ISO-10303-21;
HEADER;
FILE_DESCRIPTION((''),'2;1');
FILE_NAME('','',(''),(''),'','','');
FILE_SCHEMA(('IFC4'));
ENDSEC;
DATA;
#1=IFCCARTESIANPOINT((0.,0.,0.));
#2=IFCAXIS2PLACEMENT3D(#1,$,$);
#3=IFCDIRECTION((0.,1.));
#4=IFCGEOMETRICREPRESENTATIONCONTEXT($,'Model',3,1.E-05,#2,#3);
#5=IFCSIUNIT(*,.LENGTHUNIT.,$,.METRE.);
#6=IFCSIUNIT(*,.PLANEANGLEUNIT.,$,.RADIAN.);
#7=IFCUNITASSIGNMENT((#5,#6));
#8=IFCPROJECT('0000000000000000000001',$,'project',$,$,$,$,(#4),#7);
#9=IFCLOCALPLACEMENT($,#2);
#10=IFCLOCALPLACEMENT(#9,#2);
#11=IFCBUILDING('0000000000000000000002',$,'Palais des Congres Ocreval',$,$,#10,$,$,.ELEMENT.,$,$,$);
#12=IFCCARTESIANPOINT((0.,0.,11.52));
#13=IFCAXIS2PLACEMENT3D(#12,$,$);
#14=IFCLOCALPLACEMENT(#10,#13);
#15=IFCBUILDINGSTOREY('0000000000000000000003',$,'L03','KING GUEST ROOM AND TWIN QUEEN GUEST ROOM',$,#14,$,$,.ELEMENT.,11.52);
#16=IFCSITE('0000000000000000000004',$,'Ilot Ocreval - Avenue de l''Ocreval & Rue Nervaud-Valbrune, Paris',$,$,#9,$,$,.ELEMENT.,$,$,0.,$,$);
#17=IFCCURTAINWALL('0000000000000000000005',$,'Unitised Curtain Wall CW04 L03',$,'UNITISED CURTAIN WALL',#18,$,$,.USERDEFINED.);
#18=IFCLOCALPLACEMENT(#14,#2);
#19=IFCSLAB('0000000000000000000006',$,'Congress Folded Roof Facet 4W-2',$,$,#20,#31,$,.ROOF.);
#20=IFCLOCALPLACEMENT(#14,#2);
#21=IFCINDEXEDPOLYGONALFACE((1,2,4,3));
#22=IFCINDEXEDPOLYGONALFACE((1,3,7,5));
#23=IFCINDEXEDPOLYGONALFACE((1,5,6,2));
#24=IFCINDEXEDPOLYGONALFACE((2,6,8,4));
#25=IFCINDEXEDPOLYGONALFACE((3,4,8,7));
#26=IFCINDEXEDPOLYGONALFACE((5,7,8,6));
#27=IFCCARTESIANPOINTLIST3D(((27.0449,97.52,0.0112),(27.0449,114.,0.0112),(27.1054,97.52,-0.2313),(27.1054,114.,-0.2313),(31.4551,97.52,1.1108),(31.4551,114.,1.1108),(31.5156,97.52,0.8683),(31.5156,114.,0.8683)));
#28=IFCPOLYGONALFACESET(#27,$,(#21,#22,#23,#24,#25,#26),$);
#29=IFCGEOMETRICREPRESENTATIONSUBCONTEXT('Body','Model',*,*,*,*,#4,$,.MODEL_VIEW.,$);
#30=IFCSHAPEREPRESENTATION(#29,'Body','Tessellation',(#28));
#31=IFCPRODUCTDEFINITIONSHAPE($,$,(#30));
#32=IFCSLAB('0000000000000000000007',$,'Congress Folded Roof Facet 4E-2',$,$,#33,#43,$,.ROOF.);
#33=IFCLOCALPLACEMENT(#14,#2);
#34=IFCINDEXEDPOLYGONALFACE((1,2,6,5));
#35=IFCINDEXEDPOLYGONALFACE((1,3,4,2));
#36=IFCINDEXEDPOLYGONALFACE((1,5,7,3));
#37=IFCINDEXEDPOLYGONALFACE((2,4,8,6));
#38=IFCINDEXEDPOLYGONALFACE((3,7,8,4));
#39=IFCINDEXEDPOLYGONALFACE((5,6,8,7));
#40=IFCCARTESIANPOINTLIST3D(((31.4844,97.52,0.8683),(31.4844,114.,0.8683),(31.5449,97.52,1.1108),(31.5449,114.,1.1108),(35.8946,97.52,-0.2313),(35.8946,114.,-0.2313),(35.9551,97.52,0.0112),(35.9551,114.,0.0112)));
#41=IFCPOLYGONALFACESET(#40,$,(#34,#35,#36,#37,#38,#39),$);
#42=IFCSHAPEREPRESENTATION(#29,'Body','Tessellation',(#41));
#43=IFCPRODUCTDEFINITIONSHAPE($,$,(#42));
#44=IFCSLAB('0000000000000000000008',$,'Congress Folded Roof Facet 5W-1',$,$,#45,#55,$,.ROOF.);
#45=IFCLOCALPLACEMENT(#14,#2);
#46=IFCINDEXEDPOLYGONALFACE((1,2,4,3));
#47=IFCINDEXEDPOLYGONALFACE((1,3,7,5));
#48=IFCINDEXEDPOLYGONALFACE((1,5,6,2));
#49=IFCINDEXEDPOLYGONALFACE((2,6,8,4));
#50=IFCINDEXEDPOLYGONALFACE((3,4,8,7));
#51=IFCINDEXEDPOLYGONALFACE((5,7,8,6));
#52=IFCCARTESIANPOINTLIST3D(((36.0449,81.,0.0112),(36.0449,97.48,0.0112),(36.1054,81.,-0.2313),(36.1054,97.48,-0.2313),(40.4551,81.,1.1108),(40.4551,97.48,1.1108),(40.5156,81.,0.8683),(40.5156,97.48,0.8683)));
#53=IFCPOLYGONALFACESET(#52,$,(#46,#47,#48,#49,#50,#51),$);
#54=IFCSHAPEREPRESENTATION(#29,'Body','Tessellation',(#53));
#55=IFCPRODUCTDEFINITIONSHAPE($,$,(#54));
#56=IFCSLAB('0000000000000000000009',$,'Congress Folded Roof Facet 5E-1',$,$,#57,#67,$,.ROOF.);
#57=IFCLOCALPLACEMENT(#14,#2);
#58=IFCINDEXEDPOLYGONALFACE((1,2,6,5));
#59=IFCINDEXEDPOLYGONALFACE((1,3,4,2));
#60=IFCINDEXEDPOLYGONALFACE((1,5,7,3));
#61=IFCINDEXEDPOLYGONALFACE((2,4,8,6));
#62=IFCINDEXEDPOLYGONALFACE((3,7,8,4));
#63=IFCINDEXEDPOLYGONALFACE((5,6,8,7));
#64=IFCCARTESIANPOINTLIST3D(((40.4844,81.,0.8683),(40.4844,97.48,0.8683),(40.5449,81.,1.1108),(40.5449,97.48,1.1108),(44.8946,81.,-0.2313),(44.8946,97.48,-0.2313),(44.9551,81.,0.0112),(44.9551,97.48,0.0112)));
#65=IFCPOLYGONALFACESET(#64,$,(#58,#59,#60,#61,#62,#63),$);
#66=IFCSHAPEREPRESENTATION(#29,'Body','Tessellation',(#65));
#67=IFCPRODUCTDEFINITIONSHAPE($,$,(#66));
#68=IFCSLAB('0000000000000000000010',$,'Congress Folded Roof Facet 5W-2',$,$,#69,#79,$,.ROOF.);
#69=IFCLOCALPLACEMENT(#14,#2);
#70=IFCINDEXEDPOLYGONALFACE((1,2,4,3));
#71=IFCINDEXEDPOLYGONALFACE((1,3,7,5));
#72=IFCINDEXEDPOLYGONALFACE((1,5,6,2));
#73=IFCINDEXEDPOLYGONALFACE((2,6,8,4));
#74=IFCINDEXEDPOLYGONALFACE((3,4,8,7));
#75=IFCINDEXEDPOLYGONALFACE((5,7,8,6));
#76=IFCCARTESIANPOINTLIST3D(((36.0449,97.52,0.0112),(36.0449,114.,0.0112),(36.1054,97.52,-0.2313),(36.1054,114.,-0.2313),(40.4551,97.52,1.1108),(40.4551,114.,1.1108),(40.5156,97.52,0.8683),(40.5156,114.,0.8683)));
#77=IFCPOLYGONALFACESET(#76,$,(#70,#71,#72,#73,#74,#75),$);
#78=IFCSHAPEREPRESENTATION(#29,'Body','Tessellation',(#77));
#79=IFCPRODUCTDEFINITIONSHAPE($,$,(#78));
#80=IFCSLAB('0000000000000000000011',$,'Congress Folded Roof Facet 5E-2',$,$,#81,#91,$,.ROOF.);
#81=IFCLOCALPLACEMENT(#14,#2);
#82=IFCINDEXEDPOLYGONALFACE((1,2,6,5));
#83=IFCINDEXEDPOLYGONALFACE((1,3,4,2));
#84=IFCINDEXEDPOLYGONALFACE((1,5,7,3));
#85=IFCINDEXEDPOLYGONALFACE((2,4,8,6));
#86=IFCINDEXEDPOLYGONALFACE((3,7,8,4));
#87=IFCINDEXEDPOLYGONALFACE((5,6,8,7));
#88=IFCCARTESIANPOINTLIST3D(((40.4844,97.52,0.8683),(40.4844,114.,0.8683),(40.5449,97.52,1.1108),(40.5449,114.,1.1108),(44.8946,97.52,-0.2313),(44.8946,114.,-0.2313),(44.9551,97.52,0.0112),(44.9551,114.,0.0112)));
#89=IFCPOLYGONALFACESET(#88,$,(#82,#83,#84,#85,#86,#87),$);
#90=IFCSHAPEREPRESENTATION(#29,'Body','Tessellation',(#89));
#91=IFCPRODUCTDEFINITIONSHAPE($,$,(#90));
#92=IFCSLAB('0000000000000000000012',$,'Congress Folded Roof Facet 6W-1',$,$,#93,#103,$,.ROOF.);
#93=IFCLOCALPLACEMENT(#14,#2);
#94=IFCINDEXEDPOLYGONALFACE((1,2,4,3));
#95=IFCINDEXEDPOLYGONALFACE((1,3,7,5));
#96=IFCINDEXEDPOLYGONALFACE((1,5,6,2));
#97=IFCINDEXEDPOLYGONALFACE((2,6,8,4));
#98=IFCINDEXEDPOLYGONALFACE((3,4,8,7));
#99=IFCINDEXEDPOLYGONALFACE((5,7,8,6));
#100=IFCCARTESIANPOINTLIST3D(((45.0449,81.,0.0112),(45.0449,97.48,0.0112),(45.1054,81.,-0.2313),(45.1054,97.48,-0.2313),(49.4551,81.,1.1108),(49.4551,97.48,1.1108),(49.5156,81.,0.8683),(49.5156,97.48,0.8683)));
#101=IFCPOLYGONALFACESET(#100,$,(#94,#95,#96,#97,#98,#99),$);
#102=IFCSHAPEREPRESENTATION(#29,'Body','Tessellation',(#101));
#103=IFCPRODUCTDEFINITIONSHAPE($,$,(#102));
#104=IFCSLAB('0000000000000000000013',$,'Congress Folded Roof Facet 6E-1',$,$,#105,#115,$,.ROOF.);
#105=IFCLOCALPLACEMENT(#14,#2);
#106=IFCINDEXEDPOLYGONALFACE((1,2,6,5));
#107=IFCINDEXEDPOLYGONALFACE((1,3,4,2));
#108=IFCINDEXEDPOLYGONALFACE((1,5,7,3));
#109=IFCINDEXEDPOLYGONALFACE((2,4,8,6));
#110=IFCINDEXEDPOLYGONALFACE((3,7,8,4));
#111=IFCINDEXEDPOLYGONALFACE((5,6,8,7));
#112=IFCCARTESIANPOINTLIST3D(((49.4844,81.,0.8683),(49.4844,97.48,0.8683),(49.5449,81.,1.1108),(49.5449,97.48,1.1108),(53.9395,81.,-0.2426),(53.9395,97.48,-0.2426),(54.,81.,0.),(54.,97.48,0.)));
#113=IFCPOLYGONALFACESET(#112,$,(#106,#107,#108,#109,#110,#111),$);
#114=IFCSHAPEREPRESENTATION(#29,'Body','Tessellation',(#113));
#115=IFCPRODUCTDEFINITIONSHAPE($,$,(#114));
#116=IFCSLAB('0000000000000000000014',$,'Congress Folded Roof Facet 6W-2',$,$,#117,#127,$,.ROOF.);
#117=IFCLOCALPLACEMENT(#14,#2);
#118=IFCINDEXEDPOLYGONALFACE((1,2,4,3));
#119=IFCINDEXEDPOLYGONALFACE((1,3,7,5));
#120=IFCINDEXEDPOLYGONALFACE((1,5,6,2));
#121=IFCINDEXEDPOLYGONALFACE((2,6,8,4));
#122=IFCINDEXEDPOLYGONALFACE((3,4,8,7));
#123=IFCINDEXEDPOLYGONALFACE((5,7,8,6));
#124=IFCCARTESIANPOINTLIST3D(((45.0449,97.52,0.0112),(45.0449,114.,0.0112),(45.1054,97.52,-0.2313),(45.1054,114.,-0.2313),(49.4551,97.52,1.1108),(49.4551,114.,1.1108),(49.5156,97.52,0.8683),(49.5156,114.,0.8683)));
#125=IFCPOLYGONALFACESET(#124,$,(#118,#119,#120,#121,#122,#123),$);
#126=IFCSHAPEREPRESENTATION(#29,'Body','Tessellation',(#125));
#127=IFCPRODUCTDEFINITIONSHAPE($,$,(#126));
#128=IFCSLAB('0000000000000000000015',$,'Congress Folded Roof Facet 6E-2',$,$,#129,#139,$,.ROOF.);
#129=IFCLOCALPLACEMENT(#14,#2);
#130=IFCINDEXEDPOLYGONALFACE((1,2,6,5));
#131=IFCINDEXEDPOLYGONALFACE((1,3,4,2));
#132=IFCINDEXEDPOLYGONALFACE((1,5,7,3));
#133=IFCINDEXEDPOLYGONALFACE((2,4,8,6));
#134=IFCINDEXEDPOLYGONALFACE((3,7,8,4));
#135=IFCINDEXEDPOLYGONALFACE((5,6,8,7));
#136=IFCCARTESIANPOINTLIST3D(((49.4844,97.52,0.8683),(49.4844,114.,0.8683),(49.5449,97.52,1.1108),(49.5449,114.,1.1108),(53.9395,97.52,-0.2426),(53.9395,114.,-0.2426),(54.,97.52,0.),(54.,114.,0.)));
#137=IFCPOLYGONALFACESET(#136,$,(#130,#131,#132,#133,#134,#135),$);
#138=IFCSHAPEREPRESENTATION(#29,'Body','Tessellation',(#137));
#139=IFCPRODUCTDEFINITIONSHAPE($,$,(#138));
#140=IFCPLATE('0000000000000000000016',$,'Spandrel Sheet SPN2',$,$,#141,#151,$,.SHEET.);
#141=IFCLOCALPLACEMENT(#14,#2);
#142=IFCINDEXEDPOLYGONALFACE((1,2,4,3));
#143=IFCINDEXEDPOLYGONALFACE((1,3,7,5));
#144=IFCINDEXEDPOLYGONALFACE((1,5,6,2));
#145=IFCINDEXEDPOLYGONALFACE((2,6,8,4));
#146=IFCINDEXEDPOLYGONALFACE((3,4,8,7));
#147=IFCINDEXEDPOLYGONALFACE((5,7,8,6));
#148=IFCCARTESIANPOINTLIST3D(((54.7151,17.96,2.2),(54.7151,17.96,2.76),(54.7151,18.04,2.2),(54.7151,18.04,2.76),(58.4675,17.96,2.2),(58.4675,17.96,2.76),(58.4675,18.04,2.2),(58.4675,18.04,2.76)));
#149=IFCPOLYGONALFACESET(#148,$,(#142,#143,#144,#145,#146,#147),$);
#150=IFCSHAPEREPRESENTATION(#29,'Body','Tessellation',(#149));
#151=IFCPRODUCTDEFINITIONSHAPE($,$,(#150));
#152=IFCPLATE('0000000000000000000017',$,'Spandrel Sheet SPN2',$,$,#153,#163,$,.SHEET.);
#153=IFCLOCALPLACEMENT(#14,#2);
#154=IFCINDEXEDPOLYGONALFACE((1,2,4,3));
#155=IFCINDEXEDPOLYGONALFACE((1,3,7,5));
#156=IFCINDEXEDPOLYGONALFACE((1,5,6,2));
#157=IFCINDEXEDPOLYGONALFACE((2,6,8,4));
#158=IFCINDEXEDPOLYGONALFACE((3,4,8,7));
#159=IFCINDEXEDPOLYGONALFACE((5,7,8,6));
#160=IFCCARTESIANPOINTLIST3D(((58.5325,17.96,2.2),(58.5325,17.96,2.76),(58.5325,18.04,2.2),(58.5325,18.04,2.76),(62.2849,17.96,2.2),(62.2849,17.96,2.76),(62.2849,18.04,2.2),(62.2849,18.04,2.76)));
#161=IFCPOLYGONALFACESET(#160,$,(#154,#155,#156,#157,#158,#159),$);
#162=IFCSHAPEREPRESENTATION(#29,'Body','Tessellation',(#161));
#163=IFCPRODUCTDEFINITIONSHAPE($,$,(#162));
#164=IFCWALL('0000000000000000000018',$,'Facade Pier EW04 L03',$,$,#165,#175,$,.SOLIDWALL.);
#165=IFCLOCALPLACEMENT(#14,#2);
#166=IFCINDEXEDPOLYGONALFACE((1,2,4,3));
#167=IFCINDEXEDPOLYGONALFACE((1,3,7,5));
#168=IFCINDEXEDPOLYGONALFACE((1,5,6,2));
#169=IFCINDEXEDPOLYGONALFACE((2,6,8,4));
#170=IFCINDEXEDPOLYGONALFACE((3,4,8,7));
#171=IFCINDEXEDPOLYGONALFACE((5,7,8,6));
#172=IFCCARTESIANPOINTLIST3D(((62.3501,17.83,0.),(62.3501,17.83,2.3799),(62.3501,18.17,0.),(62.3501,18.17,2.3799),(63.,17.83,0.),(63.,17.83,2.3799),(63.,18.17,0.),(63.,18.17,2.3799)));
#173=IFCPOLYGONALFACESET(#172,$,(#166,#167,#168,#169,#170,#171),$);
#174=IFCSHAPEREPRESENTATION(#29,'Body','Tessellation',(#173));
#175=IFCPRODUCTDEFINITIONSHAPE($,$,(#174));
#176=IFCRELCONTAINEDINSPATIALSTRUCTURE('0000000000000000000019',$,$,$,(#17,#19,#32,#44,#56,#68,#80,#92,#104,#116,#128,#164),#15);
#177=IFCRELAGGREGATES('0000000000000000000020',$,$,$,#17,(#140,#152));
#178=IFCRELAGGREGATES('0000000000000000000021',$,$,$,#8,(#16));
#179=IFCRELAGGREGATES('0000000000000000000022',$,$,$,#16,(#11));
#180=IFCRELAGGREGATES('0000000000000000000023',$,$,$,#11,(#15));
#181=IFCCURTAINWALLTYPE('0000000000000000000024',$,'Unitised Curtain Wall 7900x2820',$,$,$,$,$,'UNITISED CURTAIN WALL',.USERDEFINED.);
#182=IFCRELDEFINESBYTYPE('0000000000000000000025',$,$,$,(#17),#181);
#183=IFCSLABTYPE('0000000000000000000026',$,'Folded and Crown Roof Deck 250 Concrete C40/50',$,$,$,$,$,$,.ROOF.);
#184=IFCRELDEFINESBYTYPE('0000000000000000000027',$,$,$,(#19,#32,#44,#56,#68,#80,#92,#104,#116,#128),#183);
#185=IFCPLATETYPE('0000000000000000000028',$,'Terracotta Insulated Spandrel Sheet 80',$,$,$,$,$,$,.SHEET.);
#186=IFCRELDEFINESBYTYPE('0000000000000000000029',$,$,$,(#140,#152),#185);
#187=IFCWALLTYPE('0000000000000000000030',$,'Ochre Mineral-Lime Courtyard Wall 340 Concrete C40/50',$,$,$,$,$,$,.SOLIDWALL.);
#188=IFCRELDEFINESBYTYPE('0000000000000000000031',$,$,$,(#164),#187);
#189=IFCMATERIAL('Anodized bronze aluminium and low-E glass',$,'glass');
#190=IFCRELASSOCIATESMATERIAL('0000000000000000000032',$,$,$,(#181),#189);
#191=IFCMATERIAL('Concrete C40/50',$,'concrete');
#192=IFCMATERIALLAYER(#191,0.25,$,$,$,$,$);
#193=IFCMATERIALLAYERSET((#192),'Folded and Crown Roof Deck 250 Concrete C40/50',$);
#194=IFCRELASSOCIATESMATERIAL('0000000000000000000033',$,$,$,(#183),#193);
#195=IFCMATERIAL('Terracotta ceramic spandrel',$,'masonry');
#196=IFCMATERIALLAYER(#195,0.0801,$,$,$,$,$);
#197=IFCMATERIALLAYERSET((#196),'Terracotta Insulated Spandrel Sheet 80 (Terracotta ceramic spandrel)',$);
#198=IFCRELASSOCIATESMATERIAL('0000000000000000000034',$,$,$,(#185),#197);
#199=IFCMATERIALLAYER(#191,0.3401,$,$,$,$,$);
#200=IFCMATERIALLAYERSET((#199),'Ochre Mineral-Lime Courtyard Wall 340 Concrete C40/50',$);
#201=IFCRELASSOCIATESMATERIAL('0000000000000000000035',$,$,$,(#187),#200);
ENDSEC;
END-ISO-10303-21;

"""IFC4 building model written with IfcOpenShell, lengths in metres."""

from ifc_helpers import new_model, si_unit, direction, frame, frame_2d, origin, origin_2d, place, context, subcontext, project, spatial, polyline, rectangle, outline, extrude, material, layer, layer_set, type_object, element, aggregate, save


model = new_model("IFC4")

# Units and contexts
model_context = context("Model", 3, precision=1e-05, world=origin(), true_north=direction((0.0, 1.0)))
body_context = subcontext(model_context, "Body", "Model", "MODEL_VIEW")
ifc_project = project(units=[si_unit("LENGTHUNIT", "METRE"), si_unit("PLANEANGLEUNIT", "RADIAN")], contexts=[model_context])

# Site, building, storey
site_placement = place(None, origin())
site = spatial("IfcSite", under=ifc_project, at=site_placement, Name="Ilot Ocreval - Avenue de l'Ocreval & Rue Nervaud-Valbrune, Paris", CompositionType="ELEMENT", RefElevation=0.0)
building_placement = place(site_placement, origin())
building = spatial("IfcBuilding", under=site, at=building_placement, Name="Palais des Congres Ocreval", CompositionType="ELEMENT")
storey_placement = place(building_placement, frame((0.0, 0.0, 11.52)))
storey = spatial("IfcBuildingStorey", under=building, at=storey_placement, Name="L03", Description="KING GUEST ROOM AND TWIN QUEEN GUEST ROOM", CompositionType="ELEMENT", Elevation=11.52)

# Curtain wall
ifc_material_1 = material(Name="Anodized bronze aluminium and low-E glass", Category="glass")
curtain_wall_type = type_object("IfcCurtainWallType", Name="Unitised Curtain Wall 7900x2820", ElementType="UNITISED CURTAIN WALL", PredefinedType="USERDEFINED", material=ifc_material_1)
curtain_wall_placement = place(storey_placement, origin())
curtain_wall = element("IfcCurtainWall", 1, at=curtain_wall_placement, inside=storey, type_object=curtain_wall_type, Name="Unitised Curtain Wall CW04 L03", ObjectType="UNITISED CURTAIN WALL", PredefinedType="USERDEFINED")

# Slabs
ifc_material_2 = material(Name="Concrete C40/50", Category="concrete")
ifc_layer_1 = layer(ifc_material_2, 0.25)
ifc_layer_set_1 = layer_set([ifc_layer_1], Name="Folded and Crown Roof Deck 250 Concrete C40/50")
slab_type = type_object("IfcSlabType", Name="Folded and Crown Roof Deck 250 Concrete C40/50", PredefinedType="ROOF", material=ifc_layer_set_1)
for number, where, z_axis, x_axis, name in (
    (2, (27.0449, 97.52, 0.0112), (-0.241929, 0.0, 0.970294), (0.970294, 0.0, 0.241929), "Congress Folded Roof Facet 4W-2"),
    (3, (31.5449, 97.52, 1.1108), (0.241929, 0.0, 0.970294), (0.970294, 0.0, -0.241929), "Congress Folded Roof Facet 4E-2"),
    (4, (36.0449, 81.0, 0.0112), (-0.241929, 0.0, 0.970294), (0.970294, 0.0, 0.241929), "Congress Folded Roof Facet 5W-1"),
    (5, (40.5449, 81.0, 1.1108), (0.241929, 0.0, 0.970294), (0.970294, 0.0, -0.241929), "Congress Folded Roof Facet 5E-1"),
    (6, (36.0449, 97.52, 0.0112), (-0.241929, 0.0, 0.970294), (0.970294, 0.0, 0.241929), "Congress Folded Roof Facet 5W-2"),
    (7, (40.5449, 97.52, 1.1108), (0.241929, 0.0, 0.970294), (0.970294, 0.0, -0.241929), "Congress Folded Roof Facet 5E-2"),
    (8, (45.0449, 81.0, 0.0112), (-0.241929, 0.0, 0.970294), (0.970294, 0.0, 0.241929), "Congress Folded Roof Facet 6W-1"),
):
    element("IfcSlab", number, at=place(storey_placement, frame(where, z_axis=z_axis, x_axis=x_axis)), inside=storey, type_object=slab_type, Name=name, PredefinedType="ROOF", context=body_context, shape_type="SweptSolid", body=[
        extrude(outline(polyline([(0.0, 0.0), (4.5452, 0.0), (4.5452, 16.48), (0.0, 16.48), (0.0, 0.0)])), origin(), (0.0, 0.0, -1.0), 0.25),
    ])
slab_1_placement = place(storey_placement, frame((49.5449, 81.0, 1.1108), z_axis=(0.241935, 0.0, 0.970292), x_axis=(0.970292, 0.0, -0.241935)))
element("IfcSlab", 9, at=slab_1_placement, inside=storey, type_object=slab_type, Name="Congress Folded Roof Facet 6E-1", PredefinedType="ROOF", context=body_context, shape_type="SweptSolid", body=[
    extrude(outline(polyline([(0.0, 0.0), (4.5915, 0.0), (4.5915, 16.48), (0.0, 16.48), (0.0, 0.0)])), origin(), (0.0, 0.0, -1.0), 0.25),
])
slab_2_placement = place(storey_placement, frame((45.0449, 97.52, 0.0112), z_axis=(-0.241929, 0.0, 0.970294), x_axis=(0.970294, 0.0, 0.241929)))
element("IfcSlab", 10, at=slab_2_placement, inside=storey, type_object=slab_type, Name="Congress Folded Roof Facet 6W-2", PredefinedType="ROOF", context=body_context, shape_type="SweptSolid", body=[
    extrude(outline(polyline([(0.0, 0.0), (4.5452, 0.0), (4.5452, 16.48), (0.0, 16.48), (0.0, 0.0)])), origin(), (0.0, 0.0, -1.0), 0.25),
])
slab_3_placement = place(storey_placement, frame((49.5449, 97.52, 1.1108), z_axis=(0.241935, 0.0, 0.970292), x_axis=(0.970292, 0.0, -0.241935)))
element("IfcSlab", 11, at=slab_3_placement, inside=storey, type_object=slab_type, Name="Congress Folded Roof Facet 6E-2", PredefinedType="ROOF", context=body_context, shape_type="SweptSolid", body=[
    extrude(outline(polyline([(0.0, 0.0), (4.5915, 0.0), (4.5915, 16.48), (0.0, 16.48), (0.0, 0.0)])), origin(), (0.0, 0.0, -1.0), 0.25),
])

# Plates
ifc_material_3 = material(Name="Terracotta ceramic spandrel", Category="masonry")
ifc_layer_2 = layer(ifc_material_3, 0.0801)
ifc_layer_set_2 = layer_set([ifc_layer_2], Name="Terracotta Insulated Spandrel Sheet 80 (Terracotta ceramic spandrel)")
plate_type_1 = type_object("IfcPlateType", Name="Terracotta Insulated Spandrel Sheet 80", PredefinedType="SHEET", material=ifc_layer_set_2)
plate_1_placement = place(storey_placement, frame((56.5913, 18.0, 2.2), z_axis=(0.0, 0.0, 1.0), x_axis=(1.0, 0.0, 0.0)))
plate_1 = element("IfcPlate", 12, at=plate_1_placement, type_object=plate_type_1, Name="Spandrel Sheet SPN2", PredefinedType="SHEET", context=body_context, shape_type="SweptSolid", body=[
    extrude(rectangle(XDim=3.7524, YDim=0.0801, at=origin_2d()), origin(), (0.0, 0.0, 1.0), 0.5601),
])
plate_2_placement = place(storey_placement, frame((60.4087, 18.0, 2.2), z_axis=(0.0, 0.0, 1.0), x_axis=(1.0, 0.0, 0.0)))
plate_2 = element("IfcPlate", 13, at=plate_2_placement, type_object=plate_type_1, Name="Spandrel Sheet SPN2", PredefinedType="SHEET", context=body_context, shape_type="SweptSolid", body=[
    extrude(rectangle(XDim=3.7524, YDim=0.0801, at=origin_2d()), origin(), (0.0, 0.0, 1.0), 0.5601),
])
aggregate(curtain_wall, [plate_1, plate_2])

# Wall
ifc_layer_3 = layer(ifc_material_2, 0.3401)
ifc_layer_set_3 = layer_set([ifc_layer_3], Name="Ochre Mineral-Lime Courtyard Wall 340 Concrete C40/50")
wall_type = type_object("IfcWallType", Name="Ochre Mineral-Lime Courtyard Wall 340 Concrete C40/50", PredefinedType="SOLIDWALL", material=ifc_layer_set_3)
wall_placement = place(storey_placement, frame((62.3501, 18.0, 0.0), z_axis=(0.0, 0.0, 1.0), x_axis=(1.0, 0.0, 0.0)))
element("IfcWall", 14, at=wall_placement, inside=storey, type_object=wall_type, Name="Facade Pier EW04 L03", PredefinedType="SOLIDWALL", context=body_context, shape_type="SweptSolid", body=[
    extrude(rectangle(XDim=0.6499, YDim=0.3401, at=frame_2d((0.325, 0.0))), origin(), (0.0, 0.0, 1.0), 2.3799),
])

save(model, "model.ifc")
